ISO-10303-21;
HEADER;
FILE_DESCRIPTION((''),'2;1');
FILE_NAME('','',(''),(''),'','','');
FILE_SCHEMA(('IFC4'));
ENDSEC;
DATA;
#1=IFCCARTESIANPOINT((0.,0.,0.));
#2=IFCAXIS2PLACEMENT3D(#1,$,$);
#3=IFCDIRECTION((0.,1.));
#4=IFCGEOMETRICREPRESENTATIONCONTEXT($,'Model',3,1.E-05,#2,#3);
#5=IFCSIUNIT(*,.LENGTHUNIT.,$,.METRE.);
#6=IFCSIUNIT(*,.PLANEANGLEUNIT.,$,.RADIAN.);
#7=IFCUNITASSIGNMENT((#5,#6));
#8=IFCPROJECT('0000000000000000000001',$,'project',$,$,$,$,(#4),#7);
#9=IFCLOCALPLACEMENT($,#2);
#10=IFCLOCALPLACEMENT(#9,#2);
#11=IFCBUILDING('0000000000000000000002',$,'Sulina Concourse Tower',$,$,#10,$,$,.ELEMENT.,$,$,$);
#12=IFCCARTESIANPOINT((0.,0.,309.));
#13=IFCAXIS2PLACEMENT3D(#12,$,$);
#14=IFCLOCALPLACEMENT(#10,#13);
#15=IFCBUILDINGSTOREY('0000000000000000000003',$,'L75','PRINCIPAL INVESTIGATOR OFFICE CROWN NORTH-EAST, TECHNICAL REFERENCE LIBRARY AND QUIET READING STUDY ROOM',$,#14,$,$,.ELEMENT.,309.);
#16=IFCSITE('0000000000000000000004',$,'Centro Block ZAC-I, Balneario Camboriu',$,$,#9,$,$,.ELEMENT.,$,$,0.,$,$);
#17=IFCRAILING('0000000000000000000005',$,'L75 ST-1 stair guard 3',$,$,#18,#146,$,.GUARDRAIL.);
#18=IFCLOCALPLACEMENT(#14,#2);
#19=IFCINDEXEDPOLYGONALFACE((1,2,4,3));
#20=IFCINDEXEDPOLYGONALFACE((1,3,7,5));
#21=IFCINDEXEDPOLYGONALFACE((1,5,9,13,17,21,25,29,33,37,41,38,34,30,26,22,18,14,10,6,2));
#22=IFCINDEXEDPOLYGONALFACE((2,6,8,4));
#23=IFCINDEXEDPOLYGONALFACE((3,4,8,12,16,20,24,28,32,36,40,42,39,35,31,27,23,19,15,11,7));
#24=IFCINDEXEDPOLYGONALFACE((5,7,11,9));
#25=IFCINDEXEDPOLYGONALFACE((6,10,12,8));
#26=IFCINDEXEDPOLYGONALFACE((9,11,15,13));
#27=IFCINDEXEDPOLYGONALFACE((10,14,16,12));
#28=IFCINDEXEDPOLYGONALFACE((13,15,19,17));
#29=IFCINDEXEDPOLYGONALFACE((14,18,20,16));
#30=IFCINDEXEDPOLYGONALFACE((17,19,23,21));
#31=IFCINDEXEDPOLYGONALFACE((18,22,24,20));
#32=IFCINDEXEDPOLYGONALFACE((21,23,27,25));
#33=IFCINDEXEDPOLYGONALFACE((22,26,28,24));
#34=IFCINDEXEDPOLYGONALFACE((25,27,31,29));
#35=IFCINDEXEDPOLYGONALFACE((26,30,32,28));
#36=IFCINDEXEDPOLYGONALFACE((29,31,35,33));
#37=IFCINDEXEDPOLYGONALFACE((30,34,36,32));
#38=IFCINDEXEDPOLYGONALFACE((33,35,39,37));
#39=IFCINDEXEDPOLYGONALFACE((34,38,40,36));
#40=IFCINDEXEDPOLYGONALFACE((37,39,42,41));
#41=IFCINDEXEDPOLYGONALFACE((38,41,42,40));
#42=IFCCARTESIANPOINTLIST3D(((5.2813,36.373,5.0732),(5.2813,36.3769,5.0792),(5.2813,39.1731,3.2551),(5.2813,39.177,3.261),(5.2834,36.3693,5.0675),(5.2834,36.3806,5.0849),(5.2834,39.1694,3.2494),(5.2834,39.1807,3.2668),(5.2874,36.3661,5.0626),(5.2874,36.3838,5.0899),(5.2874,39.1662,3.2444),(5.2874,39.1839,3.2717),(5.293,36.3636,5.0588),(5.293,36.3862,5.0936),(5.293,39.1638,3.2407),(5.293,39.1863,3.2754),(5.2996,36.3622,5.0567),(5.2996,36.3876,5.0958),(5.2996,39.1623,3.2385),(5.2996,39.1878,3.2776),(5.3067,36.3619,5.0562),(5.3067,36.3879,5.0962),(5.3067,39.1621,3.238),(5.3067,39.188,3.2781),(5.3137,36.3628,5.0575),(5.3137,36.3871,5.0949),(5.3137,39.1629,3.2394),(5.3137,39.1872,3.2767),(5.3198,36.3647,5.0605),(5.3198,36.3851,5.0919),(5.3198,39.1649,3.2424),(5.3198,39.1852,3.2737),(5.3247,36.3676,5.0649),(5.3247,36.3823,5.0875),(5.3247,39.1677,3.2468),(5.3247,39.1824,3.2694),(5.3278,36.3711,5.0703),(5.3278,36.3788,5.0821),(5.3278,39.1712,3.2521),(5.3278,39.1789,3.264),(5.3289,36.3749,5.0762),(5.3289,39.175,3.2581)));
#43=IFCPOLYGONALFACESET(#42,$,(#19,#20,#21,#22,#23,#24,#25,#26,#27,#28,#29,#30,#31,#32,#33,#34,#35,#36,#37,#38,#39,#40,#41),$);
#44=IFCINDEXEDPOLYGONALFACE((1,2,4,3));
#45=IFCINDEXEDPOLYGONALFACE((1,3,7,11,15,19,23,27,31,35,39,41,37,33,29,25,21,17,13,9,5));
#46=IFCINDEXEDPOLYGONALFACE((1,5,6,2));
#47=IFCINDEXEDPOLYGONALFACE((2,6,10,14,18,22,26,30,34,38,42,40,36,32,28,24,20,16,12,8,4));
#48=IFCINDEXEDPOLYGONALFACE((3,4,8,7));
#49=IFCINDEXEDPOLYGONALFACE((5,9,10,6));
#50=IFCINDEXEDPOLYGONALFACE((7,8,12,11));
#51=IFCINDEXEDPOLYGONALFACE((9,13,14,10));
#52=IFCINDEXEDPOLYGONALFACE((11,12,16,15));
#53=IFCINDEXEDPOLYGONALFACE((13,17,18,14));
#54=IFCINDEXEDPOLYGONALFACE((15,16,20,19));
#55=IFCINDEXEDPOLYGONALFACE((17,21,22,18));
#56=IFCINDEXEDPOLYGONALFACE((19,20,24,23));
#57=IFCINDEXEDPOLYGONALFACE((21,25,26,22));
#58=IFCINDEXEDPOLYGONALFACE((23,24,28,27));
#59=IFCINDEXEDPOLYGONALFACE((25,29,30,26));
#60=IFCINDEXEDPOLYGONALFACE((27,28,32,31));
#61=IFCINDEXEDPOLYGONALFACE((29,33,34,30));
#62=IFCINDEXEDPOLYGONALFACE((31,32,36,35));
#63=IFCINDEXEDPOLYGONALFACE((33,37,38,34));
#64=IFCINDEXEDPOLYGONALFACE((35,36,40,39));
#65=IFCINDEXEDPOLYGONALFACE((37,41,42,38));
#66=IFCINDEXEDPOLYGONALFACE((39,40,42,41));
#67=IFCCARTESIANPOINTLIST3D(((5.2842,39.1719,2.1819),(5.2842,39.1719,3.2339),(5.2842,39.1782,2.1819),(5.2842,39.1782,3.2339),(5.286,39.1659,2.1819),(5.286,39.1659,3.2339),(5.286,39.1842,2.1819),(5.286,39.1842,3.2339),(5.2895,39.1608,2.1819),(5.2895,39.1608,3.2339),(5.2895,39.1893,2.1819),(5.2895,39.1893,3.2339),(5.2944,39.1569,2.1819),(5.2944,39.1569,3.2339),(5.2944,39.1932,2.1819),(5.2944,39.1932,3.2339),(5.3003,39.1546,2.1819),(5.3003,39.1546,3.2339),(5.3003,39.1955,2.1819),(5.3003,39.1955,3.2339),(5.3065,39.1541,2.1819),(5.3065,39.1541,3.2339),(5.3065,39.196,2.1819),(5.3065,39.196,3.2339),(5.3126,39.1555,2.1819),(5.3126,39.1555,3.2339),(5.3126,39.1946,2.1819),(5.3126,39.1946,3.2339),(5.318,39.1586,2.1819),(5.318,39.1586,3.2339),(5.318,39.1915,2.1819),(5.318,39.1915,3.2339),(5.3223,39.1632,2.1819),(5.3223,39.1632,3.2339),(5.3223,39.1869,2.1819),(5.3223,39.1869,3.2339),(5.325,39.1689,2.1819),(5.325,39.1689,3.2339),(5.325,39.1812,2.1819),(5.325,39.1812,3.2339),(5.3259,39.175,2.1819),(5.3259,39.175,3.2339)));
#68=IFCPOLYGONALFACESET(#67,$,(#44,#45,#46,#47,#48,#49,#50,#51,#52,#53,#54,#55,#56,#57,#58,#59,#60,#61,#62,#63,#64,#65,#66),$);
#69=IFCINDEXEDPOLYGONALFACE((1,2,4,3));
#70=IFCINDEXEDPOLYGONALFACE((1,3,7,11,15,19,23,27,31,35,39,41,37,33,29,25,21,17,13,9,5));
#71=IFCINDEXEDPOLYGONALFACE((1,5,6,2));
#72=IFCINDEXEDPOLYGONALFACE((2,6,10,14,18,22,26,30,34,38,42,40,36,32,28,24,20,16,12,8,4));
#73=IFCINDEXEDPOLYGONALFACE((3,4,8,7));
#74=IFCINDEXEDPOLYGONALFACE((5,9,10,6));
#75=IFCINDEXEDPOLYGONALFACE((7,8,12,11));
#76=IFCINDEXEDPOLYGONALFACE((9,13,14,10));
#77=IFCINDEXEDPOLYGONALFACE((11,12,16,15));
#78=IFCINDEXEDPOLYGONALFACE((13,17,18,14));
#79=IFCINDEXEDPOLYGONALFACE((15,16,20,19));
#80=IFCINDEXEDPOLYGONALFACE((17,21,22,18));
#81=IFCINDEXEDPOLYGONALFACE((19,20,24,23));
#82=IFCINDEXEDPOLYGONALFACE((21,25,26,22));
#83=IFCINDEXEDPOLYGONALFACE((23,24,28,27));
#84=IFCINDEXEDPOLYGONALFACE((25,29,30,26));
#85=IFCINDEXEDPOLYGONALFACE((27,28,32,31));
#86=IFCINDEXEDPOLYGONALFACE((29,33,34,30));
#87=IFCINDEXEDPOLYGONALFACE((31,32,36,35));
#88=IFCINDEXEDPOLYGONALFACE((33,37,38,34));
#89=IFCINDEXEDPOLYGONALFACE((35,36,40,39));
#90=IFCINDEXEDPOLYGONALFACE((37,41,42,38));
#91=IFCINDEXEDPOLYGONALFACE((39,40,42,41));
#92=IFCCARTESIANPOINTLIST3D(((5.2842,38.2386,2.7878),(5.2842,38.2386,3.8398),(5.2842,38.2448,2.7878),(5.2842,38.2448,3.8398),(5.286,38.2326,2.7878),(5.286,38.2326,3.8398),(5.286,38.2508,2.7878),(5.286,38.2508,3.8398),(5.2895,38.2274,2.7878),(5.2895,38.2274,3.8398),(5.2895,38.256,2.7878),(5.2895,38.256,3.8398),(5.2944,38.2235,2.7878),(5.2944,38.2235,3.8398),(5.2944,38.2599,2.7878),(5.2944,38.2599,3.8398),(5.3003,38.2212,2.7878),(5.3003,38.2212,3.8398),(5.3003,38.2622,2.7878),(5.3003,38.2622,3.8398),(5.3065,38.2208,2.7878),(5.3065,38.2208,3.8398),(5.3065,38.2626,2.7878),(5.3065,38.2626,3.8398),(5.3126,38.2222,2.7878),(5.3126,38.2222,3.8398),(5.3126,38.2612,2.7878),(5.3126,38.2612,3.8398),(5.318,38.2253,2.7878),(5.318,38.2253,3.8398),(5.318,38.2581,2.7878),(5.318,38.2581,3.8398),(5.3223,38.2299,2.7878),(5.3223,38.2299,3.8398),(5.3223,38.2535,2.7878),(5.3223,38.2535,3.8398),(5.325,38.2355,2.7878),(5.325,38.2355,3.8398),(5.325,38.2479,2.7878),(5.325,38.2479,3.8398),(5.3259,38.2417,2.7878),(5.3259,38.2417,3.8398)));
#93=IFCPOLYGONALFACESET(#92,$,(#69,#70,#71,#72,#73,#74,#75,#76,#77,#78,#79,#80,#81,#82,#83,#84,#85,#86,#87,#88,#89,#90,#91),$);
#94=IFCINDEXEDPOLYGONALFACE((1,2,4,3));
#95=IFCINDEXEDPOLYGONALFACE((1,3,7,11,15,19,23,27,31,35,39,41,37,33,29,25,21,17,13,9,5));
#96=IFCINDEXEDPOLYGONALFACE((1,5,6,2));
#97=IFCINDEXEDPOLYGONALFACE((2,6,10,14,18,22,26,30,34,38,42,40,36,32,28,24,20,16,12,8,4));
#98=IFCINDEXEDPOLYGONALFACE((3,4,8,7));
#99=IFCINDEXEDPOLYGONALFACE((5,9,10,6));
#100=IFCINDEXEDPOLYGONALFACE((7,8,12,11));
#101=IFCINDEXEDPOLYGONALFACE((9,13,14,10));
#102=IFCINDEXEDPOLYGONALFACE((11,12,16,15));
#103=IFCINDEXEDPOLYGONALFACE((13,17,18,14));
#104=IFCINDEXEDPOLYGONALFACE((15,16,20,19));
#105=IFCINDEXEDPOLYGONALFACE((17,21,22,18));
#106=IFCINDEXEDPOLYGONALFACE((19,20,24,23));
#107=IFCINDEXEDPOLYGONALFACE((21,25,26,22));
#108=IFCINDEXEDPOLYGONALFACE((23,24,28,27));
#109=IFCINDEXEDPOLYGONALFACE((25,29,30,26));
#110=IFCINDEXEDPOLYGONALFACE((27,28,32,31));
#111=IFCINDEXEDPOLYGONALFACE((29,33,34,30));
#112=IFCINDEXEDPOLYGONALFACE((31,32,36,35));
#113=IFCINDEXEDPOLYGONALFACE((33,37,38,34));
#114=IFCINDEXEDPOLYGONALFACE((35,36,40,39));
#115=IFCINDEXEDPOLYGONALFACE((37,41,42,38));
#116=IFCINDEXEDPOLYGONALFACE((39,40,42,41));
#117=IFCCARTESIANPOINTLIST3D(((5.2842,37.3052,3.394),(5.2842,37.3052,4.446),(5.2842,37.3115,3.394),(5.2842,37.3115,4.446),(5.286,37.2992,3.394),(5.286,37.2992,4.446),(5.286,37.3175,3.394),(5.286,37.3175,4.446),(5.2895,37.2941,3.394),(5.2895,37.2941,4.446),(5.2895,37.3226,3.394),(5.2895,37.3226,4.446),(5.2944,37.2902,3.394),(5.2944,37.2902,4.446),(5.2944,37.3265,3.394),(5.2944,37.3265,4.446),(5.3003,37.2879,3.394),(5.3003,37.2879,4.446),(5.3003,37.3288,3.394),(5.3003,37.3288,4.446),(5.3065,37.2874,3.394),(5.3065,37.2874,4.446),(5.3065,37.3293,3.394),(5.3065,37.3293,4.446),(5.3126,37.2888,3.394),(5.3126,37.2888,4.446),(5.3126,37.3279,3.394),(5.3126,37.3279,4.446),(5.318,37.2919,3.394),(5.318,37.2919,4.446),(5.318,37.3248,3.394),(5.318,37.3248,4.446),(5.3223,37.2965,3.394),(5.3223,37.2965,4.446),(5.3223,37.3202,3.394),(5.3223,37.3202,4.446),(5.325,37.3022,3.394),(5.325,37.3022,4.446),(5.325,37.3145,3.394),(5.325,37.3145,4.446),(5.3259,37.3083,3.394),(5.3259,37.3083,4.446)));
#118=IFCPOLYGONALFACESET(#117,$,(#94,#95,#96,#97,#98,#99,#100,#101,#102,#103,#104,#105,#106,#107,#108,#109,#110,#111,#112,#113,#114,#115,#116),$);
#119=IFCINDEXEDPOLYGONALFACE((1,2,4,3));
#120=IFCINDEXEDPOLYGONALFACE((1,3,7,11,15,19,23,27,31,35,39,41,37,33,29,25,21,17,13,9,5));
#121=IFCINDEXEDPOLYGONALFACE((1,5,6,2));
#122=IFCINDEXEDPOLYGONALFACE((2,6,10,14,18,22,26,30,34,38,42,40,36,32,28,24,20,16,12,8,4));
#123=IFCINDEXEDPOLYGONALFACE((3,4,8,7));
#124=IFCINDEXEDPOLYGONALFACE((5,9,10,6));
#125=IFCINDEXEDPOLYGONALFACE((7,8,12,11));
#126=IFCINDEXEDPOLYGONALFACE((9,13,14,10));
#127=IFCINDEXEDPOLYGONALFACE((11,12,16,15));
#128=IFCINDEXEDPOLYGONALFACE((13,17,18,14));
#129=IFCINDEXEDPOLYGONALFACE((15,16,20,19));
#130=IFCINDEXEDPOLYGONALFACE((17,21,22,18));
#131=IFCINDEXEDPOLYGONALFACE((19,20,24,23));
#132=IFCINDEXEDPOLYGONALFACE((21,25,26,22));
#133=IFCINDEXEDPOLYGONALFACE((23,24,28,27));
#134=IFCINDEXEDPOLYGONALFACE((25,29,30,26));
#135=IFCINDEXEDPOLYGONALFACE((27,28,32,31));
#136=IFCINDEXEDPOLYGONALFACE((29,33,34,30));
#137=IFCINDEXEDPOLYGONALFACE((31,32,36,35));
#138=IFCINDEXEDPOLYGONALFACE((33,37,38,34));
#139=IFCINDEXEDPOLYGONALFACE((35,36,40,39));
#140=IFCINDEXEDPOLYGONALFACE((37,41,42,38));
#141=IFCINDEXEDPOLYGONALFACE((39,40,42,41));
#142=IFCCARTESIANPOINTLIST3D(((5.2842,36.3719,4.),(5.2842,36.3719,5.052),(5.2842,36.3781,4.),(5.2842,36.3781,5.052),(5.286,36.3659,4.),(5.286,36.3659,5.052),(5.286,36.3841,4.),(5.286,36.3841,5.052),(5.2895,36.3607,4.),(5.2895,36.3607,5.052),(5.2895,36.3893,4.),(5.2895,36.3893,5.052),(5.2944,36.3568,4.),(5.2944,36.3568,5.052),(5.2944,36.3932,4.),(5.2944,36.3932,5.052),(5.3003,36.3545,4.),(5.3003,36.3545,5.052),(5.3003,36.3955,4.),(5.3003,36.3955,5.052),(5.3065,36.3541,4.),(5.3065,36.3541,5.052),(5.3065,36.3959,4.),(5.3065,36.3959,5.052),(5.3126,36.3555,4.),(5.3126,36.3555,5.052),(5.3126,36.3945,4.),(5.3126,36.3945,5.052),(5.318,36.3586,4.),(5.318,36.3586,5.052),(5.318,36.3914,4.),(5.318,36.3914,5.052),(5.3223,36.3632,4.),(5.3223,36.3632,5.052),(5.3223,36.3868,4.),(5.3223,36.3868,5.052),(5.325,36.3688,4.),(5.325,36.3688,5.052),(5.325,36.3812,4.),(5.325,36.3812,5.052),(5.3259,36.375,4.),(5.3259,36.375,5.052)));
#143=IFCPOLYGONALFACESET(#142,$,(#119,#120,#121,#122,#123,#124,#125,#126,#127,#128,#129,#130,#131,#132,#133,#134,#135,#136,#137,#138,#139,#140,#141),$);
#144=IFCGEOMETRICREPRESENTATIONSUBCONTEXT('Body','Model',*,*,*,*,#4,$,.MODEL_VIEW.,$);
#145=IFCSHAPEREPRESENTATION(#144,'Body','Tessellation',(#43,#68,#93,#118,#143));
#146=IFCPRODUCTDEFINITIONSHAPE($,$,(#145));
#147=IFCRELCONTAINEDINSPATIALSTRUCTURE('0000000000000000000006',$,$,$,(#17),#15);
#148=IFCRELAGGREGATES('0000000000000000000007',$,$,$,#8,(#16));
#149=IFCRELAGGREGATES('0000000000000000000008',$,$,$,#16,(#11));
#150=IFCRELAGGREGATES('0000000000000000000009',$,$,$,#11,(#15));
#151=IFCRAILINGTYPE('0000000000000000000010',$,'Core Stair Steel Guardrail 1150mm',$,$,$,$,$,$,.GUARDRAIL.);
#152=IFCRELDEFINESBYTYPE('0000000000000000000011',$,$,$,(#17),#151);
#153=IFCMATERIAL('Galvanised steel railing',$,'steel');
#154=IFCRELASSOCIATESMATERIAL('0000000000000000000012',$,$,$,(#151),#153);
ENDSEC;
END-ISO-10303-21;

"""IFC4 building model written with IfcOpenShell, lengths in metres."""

from ifc_helpers import new_model, si_unit, direction, frame, origin, origin_2d, place, context, subcontext, project, spatial, circle, extrude, material, type_object, element, save


model = new_model("IFC4")

# Units and contexts
model_context = context("Model", 3, precision=1e-05, world=origin(), true_north=direction((0.0, 1.0)))
body_context = subcontext(model_context, "Body", "Model", "MODEL_VIEW")
ifc_project = project(units=[si_unit("LENGTHUNIT", "METRE"), si_unit("PLANEANGLEUNIT", "RADIAN")], contexts=[model_context])

# Site, building, storey
site_placement = place(None, origin())
site = spatial("IfcSite", under=ifc_project, at=site_placement, Name="Centro Block ZAC-I, Balneario Camboriu", CompositionType="ELEMENT", RefElevation=0.0)
building_placement = place(site_placement, origin())
building = spatial("IfcBuilding", under=site, at=building_placement, Name="Sulina Concourse Tower", CompositionType="ELEMENT")
storey_placement = place(building_placement, frame((0.0, 0.0, 309.0)))
storey = spatial("IfcBuildingStorey", under=building, at=storey_placement, Name="L75", Description="PRINCIPAL INVESTIGATOR OFFICE CROWN NORTH-EAST, TECHNICAL REFERENCE LIBRARY AND QUIET READING STUDY ROOM", CompositionType="ELEMENT", Elevation=309.0)

# Railing
ifc_material_1 = material(Name="Galvanised steel railing", Category="steel")
railing_type_1 = type_object("IfcRailingType", Name="Core Stair Steel Guardrail 1150mm", PredefinedType="GUARDRAIL", material=ifc_material_1)
railing_1_placement = place(storey_placement, frame((5.3049, 39.175, 2.1819)))
element("IfcRailing", 1, at=railing_1_placement, inside=storey, type_object=railing_type_1, Name="L75 ST-1 stair guard 3", PredefinedType="GUARDRAIL", context=body_context, shape_type="SweptSolid", body=[
    extrude(circle(Radius=0.0239, at=origin_2d()), frame((0.0, 0.0, 1.0762), z_axis=(0.0, -0.838706, 0.544585), x_axis=(1.0, 0.0, 0.0)), (0.0, 0.0, 1.0), 3.3386),
    extrude(circle(Radius=0.021, at=origin_2d()), origin(), (0.0, 0.0, 1.0), 1.052),
    extrude(circle(Radius=0.021, at=origin_2d()), frame((0.0, -0.9333, 0.606)), (0.0, 0.0, 1.0), 1.052),
    extrude(circle(Radius=0.021, at=origin_2d()), frame((0.0, -1.8667, 1.2122)), (0.0, 0.0, 1.0), 1.052),
    extrude(circle(Radius=0.021, at=origin_2d()), frame((0.0, -2.8, 1.8181)), (0.0, 0.0, 1.0), 1.052),
])

save(model, "model.ifc")
